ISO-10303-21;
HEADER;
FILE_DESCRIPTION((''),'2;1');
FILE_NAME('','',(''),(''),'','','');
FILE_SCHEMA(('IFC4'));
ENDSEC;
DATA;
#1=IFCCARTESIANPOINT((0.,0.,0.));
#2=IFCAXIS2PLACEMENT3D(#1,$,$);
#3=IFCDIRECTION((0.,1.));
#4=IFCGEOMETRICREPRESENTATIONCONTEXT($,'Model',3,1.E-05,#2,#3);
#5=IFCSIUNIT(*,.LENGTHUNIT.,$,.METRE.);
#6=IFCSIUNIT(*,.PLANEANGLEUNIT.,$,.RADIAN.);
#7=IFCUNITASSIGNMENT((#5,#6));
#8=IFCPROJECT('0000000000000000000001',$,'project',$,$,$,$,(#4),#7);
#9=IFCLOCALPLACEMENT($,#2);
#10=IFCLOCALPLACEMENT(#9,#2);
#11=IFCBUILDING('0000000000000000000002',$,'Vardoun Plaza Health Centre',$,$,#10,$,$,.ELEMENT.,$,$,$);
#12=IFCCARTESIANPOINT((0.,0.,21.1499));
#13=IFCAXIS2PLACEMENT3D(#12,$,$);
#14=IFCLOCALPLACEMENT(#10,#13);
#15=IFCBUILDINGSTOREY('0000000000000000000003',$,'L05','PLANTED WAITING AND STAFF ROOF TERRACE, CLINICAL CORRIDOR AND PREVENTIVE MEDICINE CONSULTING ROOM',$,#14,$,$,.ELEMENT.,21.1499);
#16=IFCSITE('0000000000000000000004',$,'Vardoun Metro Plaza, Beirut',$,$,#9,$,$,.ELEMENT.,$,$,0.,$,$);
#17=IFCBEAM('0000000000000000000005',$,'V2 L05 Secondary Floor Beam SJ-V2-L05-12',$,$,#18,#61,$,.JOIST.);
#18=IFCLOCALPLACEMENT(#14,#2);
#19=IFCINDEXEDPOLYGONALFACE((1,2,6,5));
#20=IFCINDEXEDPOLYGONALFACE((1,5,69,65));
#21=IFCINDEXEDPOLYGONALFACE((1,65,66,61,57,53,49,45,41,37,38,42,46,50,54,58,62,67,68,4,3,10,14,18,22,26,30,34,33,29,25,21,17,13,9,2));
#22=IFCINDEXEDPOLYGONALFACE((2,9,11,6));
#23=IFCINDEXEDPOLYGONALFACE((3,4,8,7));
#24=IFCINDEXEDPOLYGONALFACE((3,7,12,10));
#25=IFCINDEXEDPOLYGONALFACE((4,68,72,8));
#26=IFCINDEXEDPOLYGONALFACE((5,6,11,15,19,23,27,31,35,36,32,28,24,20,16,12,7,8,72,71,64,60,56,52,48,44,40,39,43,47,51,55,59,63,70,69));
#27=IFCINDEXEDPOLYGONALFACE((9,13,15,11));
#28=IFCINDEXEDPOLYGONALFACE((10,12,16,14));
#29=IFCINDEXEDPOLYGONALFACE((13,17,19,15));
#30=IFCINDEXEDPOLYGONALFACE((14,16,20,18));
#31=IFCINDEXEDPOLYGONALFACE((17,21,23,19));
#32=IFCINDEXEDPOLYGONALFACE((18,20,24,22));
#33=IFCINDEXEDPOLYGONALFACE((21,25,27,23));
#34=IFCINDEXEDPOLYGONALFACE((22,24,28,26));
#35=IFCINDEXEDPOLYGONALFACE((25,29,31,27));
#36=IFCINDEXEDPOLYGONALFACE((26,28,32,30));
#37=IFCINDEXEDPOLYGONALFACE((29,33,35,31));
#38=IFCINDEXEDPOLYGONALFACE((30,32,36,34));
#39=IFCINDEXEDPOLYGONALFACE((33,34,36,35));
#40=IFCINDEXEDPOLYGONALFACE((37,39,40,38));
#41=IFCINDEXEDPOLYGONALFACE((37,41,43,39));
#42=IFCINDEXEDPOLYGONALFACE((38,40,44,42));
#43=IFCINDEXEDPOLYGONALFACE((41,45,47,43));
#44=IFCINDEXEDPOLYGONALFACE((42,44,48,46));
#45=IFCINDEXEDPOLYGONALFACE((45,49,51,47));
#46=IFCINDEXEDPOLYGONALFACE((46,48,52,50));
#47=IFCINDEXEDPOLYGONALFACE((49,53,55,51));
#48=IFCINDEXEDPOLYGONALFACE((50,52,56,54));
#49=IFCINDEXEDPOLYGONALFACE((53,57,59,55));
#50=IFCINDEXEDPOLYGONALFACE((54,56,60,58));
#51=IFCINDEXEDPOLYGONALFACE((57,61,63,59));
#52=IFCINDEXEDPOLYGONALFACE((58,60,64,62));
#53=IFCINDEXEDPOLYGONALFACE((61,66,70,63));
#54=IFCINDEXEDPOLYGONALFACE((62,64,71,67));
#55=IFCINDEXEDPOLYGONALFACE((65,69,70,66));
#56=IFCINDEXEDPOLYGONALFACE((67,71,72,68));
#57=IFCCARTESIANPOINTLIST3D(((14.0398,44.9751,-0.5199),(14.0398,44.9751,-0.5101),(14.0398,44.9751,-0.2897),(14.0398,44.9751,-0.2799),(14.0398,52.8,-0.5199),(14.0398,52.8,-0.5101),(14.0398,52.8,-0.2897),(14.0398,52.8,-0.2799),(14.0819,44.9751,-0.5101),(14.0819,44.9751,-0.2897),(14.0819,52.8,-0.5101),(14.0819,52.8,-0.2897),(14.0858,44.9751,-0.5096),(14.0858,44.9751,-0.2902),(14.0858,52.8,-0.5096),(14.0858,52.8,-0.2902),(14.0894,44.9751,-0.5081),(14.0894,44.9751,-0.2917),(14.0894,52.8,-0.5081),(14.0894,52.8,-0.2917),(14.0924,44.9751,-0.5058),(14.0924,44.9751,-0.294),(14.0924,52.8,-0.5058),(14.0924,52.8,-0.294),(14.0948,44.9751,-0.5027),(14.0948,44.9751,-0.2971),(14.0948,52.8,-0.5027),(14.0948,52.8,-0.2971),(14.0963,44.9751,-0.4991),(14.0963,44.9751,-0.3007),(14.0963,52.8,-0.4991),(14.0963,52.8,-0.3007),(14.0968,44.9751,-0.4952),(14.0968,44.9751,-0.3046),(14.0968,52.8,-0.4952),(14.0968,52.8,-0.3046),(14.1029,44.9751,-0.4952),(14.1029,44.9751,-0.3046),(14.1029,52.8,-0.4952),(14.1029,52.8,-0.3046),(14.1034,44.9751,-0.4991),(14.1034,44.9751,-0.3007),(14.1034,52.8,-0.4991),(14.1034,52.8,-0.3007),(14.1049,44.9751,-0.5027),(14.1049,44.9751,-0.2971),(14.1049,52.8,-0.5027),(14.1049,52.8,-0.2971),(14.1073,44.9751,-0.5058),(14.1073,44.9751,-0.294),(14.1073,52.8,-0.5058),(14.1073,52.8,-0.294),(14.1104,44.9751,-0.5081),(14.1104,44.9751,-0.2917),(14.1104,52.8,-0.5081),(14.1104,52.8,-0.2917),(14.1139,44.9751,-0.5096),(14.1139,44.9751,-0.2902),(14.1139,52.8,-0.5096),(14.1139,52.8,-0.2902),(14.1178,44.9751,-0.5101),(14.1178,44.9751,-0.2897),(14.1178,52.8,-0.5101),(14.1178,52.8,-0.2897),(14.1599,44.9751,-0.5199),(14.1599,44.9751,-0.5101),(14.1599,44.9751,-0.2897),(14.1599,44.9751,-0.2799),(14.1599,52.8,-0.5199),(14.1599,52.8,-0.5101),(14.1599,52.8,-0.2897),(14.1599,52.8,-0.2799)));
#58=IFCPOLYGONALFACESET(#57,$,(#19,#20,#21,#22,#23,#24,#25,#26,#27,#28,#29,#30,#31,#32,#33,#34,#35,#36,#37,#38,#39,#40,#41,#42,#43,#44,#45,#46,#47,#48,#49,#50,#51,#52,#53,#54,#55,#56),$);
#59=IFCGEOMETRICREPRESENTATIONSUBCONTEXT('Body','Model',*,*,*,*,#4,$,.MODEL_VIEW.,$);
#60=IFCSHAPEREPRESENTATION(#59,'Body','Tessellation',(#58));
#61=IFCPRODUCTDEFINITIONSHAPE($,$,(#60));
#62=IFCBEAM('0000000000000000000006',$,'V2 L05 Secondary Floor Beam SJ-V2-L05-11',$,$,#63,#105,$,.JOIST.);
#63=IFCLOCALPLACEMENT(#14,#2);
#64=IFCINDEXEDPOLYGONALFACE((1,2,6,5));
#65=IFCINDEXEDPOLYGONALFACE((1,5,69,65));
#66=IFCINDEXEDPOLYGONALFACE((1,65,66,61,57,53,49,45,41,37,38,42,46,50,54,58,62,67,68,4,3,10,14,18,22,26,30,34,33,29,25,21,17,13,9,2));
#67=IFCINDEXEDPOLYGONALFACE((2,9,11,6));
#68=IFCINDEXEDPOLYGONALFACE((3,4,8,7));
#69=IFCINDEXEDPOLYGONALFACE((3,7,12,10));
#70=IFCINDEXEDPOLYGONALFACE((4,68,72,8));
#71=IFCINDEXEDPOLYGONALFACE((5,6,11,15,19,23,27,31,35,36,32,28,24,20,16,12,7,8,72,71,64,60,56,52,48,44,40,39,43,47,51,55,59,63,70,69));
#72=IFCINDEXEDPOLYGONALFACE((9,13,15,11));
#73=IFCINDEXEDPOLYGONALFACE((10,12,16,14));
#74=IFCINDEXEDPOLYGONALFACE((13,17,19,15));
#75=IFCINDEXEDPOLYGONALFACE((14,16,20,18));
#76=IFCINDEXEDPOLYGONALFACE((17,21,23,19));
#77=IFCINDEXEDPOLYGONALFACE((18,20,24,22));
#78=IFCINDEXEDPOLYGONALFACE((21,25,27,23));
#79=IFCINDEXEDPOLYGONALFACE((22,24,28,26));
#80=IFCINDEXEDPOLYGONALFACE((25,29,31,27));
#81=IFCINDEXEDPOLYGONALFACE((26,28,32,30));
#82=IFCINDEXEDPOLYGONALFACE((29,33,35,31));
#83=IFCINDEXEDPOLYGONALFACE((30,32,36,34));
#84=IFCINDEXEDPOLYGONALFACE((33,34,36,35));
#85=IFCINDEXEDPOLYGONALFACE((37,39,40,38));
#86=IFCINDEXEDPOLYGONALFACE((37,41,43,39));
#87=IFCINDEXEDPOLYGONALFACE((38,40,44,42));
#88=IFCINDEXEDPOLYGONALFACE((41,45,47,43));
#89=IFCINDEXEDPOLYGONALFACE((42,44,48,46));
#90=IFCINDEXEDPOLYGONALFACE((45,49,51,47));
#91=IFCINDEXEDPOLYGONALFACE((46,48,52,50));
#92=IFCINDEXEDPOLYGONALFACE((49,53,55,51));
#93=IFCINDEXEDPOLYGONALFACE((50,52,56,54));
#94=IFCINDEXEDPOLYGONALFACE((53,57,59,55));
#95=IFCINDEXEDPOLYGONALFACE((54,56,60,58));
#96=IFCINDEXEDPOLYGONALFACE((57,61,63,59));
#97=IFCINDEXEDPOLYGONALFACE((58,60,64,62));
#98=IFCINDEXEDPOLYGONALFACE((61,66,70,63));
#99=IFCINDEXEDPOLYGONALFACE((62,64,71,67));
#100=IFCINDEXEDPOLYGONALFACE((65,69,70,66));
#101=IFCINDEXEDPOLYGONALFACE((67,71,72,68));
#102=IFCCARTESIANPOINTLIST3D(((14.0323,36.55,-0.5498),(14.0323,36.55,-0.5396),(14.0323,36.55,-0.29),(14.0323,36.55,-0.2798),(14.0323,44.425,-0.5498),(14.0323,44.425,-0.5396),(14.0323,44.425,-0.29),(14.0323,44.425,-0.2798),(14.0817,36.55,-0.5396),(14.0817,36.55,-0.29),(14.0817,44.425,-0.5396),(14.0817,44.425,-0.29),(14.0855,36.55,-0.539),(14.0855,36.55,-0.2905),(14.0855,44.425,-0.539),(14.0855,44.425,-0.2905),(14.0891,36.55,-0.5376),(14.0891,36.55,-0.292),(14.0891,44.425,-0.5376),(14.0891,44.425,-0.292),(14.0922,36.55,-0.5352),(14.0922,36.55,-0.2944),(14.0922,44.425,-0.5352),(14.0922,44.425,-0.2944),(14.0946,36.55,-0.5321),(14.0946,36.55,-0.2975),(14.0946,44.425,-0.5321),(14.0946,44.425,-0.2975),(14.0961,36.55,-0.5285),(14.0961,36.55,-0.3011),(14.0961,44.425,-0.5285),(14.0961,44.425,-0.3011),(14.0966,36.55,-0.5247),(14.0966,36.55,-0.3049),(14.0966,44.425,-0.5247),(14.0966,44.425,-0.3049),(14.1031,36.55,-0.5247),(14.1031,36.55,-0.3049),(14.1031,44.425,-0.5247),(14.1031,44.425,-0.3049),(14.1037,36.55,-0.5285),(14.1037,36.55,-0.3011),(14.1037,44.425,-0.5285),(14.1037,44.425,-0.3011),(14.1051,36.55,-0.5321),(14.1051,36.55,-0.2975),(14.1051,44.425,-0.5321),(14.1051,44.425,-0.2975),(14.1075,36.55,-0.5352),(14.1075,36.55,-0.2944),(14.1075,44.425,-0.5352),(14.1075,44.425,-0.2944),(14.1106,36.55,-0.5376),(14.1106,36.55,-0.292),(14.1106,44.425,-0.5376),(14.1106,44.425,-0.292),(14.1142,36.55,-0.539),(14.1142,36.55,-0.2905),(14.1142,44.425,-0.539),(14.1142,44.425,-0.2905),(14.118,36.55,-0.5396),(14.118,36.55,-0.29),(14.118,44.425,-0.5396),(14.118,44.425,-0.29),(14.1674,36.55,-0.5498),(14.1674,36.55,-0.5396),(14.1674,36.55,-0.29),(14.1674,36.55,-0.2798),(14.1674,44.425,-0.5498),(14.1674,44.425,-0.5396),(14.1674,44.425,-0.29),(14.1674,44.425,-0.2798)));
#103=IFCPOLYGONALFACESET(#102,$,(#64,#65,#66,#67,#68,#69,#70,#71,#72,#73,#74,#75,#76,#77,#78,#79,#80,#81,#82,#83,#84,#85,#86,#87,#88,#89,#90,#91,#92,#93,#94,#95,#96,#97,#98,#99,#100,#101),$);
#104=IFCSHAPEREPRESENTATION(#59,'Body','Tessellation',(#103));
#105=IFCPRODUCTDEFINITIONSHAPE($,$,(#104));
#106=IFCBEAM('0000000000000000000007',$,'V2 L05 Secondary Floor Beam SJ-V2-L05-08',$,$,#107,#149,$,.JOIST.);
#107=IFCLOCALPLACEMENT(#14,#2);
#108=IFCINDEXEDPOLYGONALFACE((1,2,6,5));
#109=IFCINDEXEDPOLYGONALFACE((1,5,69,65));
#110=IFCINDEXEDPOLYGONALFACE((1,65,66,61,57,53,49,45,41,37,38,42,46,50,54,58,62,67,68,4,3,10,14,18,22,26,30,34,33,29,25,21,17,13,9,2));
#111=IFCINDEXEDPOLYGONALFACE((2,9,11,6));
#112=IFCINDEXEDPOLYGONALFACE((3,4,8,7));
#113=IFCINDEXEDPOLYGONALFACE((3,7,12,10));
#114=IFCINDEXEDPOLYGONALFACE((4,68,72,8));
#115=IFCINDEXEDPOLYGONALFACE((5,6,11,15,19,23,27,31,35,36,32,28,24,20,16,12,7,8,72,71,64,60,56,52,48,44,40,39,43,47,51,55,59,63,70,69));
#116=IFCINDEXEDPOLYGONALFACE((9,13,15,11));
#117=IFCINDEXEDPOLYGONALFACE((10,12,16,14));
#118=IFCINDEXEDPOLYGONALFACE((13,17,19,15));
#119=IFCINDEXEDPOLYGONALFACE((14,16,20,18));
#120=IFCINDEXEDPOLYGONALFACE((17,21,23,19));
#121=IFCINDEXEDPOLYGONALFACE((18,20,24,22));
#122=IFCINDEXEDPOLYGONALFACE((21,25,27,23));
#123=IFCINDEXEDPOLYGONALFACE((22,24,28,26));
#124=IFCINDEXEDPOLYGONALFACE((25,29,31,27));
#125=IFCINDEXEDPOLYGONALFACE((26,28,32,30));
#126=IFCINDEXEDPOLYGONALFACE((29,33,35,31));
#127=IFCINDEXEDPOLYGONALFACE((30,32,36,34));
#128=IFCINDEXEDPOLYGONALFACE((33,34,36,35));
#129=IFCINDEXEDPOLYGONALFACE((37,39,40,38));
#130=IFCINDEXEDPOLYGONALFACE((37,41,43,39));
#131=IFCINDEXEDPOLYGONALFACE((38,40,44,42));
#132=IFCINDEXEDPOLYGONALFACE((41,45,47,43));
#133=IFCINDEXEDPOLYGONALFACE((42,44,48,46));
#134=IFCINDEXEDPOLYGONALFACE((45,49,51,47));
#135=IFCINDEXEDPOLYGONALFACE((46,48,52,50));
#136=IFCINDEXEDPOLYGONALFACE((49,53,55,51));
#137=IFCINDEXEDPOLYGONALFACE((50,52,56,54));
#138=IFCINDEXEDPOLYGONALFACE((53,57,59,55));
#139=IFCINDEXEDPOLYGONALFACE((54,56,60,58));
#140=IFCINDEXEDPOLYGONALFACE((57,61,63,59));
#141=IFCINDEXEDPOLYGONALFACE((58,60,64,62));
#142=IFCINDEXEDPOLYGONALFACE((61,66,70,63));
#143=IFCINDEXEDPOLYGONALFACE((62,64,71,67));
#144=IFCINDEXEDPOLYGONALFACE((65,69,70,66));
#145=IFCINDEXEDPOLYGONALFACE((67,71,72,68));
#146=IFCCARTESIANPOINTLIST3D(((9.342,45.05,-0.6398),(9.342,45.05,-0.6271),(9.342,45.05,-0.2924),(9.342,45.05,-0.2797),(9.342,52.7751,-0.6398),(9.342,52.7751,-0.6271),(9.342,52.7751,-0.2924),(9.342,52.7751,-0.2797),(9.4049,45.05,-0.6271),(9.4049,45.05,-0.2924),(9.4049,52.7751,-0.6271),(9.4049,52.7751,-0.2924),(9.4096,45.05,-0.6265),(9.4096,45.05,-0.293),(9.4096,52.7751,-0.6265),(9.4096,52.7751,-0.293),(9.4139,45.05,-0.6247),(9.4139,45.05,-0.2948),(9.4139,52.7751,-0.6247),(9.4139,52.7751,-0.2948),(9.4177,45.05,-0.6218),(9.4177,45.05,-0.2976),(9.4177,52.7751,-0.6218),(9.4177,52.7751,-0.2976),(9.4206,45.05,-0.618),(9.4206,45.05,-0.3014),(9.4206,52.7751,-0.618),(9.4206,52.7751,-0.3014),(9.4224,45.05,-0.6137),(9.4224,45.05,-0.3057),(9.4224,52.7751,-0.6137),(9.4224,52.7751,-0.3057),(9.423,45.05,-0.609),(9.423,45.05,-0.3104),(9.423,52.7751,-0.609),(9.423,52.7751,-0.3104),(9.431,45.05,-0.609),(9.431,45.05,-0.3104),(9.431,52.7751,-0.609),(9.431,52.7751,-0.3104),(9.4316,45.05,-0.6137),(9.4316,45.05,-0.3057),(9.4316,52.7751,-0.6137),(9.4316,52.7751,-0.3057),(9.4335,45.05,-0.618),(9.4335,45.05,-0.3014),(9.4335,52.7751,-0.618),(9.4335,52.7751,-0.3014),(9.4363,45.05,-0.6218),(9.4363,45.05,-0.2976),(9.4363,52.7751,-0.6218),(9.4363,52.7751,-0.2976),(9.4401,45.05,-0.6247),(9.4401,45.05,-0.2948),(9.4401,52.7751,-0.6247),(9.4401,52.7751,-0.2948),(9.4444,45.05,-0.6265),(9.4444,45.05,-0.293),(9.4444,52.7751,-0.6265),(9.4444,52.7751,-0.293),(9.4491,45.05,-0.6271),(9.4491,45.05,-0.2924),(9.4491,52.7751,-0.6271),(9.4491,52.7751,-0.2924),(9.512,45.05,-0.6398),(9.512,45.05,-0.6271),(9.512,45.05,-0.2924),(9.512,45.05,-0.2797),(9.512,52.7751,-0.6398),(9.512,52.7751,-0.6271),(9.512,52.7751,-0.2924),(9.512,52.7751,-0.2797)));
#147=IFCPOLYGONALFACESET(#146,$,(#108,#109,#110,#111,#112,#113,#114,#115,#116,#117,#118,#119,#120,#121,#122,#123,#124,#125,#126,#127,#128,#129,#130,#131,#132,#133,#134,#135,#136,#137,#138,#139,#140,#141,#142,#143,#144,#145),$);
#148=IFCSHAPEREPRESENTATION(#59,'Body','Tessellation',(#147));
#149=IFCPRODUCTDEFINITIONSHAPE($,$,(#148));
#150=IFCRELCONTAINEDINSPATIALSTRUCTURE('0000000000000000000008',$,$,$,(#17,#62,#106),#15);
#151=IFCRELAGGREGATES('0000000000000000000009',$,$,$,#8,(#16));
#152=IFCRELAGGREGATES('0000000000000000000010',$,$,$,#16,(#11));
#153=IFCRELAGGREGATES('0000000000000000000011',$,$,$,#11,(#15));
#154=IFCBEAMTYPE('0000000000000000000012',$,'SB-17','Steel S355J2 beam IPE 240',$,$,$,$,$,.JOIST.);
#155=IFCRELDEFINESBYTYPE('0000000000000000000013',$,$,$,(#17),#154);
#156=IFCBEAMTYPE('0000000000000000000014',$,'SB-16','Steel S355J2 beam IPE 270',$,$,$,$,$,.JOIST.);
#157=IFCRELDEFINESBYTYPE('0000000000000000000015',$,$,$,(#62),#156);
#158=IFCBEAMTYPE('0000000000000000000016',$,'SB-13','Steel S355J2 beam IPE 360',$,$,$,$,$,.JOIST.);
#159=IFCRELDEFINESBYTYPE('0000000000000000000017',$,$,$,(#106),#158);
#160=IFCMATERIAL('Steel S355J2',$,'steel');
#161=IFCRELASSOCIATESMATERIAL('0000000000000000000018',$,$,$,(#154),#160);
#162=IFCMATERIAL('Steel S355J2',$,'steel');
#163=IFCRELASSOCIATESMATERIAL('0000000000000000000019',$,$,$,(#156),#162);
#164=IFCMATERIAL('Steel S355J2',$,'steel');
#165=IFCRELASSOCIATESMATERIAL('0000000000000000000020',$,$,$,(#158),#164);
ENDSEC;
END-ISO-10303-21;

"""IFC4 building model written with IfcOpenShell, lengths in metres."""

from ifc_helpers import new_model, si_unit, direction, frame, origin, origin_2d, place, context, subcontext, project, spatial, i_section, extrude, material, material_profile, profile_set, type_object, element, save


model = new_model("IFC4")

# Units and contexts
model_context = context("Model", 3, precision=1e-05, world=origin(), true_north=direction((0.0, 1.0)))
body_context = subcontext(model_context, "Body", "Model", "MODEL_VIEW")
ifc_project = project(units=[si_unit("LENGTHUNIT", "METRE"), si_unit("PLANEANGLEUNIT", "RADIAN")], contexts=[model_context])

# Site, building, storey
site_placement = place(None, origin())
site = spatial("IfcSite", under=ifc_project, at=site_placement, Name="Vardoun Metro Plaza, Beirut", CompositionType="ELEMENT", RefElevation=0.0)
building_placement = place(site_placement, origin())
building = spatial("IfcBuilding", under=site, at=building_placement, Name="Vardoun Plaza Health Centre", CompositionType="ELEMENT")
storey_placement = place(building_placement, frame((0.0, 0.0, 21.1499)))
storey = spatial("IfcBuildingStorey", under=building, at=storey_placement, Name="L05", Description="PLANTED WAITING AND STAFF ROOF TERRACE, CLINICAL CORRIDOR AND PREVENTIVE MEDICINE CONSULTING ROOM", CompositionType="ELEMENT", Elevation=21.1499)

# Beams
ifc_material_1 = material(Name="Steel S355J2", Category="steel")
ifc_material_profile_1 = material_profile(ifc_material_1, i_section(OverallWidth=0.1201, OverallDepth=0.24, WebThickness=0.0061, FlangeThickness=0.0098, FilletRadius=0.0149, at=origin_2d()), Name="IPE 240")
ifc_profile_set_1 = profile_set([ifc_material_profile_1], Name="Steel S355J2")
beam_type_1 = type_object("IfcBeamType", Name="SB-17", Description="Steel S355J2 beam IPE 240", PredefinedType="JOIST", material=ifc_profile_set_1)
beam_1_placement = place(storey_placement, frame((14.0999, 44.9751, -0.3999), z_axis=(0.0, 1.0, 0.0), x_axis=(-1.0, 0.0, 0.0)))
element("IfcBeam", 1, at=beam_1_placement, inside=storey, type_object=beam_type_1, Name="V2 L05 Secondary Floor Beam SJ-V2-L05-12", PredefinedType="JOIST", context=body_context, shape_type="SweptSolid", body=[
    extrude(i_section(OverallWidth=0.1201, OverallDepth=0.24, WebThickness=0.0061, FlangeThickness=0.0098, FilletRadius=0.0149, at=origin_2d()), origin(), (0.0, 0.0, 1.0), 7.825),
])
ifc_material_2 = material(Name="Steel S355J2", Category="steel")
ifc_material_profile_2 = material_profile(ifc_material_2, i_section(OverallWidth=0.135, OverallDepth=0.27, WebThickness=0.0066, FlangeThickness=0.0103, FilletRadius=0.0149, at=origin_2d()), Name="IPE 270")
ifc_profile_set_2 = profile_set([ifc_material_profile_2], Name="Steel S355J2")
beam_type_2 = type_object("IfcBeamType", Name="SB-16", Description="Steel S355J2 beam IPE 270", PredefinedType="JOIST", material=ifc_profile_set_2)
beam_2_placement = place(storey_placement, frame((14.0999, 36.55, -0.4148), z_axis=(0.0, 1.0, 0.0), x_axis=(-1.0, 0.0, 0.0)))
element("IfcBeam", 2, at=beam_2_placement, inside=storey, type_object=beam_type_2, Name="V2 L05 Secondary Floor Beam SJ-V2-L05-11", PredefinedType="JOIST", context=body_context, shape_type="SweptSolid", body=[
    extrude(i_section(OverallWidth=0.135, OverallDepth=0.27, WebThickness=0.0066, FlangeThickness=0.0103, FilletRadius=0.0149, at=origin_2d()), origin(), (0.0, 0.0, 1.0), 7.875),
])
ifc_material_3 = material(Name="Steel S355J2", Category="steel")
ifc_material_profile_3 = material_profile(ifc_material_3, i_section(OverallWidth=0.1699, OverallDepth=0.3601, WebThickness=0.0081, FlangeThickness=0.0127, FilletRadius=0.0181, at=origin_2d()), Name="IPE 360")
ifc_profile_set_3 = profile_set([ifc_material_profile_3], Name="Steel S355J2")
beam_type_3 = type_object("IfcBeamType", Name="SB-13", Description="Steel S355J2 beam IPE 360", PredefinedType="JOIST", material=ifc_profile_set_3)
beam_3_placement = place(storey_placement, frame((9.427, 45.05, -0.4597), z_axis=(0.0, 1.0, 0.0), x_axis=(-1.0, 0.0, 0.0)))
element("IfcBeam", 3, at=beam_3_placement, inside=storey, type_object=beam_type_3, Name="V2 L05 Secondary Floor Beam SJ-V2-L05-08", PredefinedType="JOIST", context=body_context, shape_type="SweptSolid", body=[
    extrude(i_section(OverallWidth=0.1699, OverallDepth=0.3601, WebThickness=0.0081, FlangeThickness=0.0127, FilletRadius=0.0181, at=origin_2d()), origin(), (0.0, 0.0, 1.0), 7.7251),
])

save(model, "model.ifc")
